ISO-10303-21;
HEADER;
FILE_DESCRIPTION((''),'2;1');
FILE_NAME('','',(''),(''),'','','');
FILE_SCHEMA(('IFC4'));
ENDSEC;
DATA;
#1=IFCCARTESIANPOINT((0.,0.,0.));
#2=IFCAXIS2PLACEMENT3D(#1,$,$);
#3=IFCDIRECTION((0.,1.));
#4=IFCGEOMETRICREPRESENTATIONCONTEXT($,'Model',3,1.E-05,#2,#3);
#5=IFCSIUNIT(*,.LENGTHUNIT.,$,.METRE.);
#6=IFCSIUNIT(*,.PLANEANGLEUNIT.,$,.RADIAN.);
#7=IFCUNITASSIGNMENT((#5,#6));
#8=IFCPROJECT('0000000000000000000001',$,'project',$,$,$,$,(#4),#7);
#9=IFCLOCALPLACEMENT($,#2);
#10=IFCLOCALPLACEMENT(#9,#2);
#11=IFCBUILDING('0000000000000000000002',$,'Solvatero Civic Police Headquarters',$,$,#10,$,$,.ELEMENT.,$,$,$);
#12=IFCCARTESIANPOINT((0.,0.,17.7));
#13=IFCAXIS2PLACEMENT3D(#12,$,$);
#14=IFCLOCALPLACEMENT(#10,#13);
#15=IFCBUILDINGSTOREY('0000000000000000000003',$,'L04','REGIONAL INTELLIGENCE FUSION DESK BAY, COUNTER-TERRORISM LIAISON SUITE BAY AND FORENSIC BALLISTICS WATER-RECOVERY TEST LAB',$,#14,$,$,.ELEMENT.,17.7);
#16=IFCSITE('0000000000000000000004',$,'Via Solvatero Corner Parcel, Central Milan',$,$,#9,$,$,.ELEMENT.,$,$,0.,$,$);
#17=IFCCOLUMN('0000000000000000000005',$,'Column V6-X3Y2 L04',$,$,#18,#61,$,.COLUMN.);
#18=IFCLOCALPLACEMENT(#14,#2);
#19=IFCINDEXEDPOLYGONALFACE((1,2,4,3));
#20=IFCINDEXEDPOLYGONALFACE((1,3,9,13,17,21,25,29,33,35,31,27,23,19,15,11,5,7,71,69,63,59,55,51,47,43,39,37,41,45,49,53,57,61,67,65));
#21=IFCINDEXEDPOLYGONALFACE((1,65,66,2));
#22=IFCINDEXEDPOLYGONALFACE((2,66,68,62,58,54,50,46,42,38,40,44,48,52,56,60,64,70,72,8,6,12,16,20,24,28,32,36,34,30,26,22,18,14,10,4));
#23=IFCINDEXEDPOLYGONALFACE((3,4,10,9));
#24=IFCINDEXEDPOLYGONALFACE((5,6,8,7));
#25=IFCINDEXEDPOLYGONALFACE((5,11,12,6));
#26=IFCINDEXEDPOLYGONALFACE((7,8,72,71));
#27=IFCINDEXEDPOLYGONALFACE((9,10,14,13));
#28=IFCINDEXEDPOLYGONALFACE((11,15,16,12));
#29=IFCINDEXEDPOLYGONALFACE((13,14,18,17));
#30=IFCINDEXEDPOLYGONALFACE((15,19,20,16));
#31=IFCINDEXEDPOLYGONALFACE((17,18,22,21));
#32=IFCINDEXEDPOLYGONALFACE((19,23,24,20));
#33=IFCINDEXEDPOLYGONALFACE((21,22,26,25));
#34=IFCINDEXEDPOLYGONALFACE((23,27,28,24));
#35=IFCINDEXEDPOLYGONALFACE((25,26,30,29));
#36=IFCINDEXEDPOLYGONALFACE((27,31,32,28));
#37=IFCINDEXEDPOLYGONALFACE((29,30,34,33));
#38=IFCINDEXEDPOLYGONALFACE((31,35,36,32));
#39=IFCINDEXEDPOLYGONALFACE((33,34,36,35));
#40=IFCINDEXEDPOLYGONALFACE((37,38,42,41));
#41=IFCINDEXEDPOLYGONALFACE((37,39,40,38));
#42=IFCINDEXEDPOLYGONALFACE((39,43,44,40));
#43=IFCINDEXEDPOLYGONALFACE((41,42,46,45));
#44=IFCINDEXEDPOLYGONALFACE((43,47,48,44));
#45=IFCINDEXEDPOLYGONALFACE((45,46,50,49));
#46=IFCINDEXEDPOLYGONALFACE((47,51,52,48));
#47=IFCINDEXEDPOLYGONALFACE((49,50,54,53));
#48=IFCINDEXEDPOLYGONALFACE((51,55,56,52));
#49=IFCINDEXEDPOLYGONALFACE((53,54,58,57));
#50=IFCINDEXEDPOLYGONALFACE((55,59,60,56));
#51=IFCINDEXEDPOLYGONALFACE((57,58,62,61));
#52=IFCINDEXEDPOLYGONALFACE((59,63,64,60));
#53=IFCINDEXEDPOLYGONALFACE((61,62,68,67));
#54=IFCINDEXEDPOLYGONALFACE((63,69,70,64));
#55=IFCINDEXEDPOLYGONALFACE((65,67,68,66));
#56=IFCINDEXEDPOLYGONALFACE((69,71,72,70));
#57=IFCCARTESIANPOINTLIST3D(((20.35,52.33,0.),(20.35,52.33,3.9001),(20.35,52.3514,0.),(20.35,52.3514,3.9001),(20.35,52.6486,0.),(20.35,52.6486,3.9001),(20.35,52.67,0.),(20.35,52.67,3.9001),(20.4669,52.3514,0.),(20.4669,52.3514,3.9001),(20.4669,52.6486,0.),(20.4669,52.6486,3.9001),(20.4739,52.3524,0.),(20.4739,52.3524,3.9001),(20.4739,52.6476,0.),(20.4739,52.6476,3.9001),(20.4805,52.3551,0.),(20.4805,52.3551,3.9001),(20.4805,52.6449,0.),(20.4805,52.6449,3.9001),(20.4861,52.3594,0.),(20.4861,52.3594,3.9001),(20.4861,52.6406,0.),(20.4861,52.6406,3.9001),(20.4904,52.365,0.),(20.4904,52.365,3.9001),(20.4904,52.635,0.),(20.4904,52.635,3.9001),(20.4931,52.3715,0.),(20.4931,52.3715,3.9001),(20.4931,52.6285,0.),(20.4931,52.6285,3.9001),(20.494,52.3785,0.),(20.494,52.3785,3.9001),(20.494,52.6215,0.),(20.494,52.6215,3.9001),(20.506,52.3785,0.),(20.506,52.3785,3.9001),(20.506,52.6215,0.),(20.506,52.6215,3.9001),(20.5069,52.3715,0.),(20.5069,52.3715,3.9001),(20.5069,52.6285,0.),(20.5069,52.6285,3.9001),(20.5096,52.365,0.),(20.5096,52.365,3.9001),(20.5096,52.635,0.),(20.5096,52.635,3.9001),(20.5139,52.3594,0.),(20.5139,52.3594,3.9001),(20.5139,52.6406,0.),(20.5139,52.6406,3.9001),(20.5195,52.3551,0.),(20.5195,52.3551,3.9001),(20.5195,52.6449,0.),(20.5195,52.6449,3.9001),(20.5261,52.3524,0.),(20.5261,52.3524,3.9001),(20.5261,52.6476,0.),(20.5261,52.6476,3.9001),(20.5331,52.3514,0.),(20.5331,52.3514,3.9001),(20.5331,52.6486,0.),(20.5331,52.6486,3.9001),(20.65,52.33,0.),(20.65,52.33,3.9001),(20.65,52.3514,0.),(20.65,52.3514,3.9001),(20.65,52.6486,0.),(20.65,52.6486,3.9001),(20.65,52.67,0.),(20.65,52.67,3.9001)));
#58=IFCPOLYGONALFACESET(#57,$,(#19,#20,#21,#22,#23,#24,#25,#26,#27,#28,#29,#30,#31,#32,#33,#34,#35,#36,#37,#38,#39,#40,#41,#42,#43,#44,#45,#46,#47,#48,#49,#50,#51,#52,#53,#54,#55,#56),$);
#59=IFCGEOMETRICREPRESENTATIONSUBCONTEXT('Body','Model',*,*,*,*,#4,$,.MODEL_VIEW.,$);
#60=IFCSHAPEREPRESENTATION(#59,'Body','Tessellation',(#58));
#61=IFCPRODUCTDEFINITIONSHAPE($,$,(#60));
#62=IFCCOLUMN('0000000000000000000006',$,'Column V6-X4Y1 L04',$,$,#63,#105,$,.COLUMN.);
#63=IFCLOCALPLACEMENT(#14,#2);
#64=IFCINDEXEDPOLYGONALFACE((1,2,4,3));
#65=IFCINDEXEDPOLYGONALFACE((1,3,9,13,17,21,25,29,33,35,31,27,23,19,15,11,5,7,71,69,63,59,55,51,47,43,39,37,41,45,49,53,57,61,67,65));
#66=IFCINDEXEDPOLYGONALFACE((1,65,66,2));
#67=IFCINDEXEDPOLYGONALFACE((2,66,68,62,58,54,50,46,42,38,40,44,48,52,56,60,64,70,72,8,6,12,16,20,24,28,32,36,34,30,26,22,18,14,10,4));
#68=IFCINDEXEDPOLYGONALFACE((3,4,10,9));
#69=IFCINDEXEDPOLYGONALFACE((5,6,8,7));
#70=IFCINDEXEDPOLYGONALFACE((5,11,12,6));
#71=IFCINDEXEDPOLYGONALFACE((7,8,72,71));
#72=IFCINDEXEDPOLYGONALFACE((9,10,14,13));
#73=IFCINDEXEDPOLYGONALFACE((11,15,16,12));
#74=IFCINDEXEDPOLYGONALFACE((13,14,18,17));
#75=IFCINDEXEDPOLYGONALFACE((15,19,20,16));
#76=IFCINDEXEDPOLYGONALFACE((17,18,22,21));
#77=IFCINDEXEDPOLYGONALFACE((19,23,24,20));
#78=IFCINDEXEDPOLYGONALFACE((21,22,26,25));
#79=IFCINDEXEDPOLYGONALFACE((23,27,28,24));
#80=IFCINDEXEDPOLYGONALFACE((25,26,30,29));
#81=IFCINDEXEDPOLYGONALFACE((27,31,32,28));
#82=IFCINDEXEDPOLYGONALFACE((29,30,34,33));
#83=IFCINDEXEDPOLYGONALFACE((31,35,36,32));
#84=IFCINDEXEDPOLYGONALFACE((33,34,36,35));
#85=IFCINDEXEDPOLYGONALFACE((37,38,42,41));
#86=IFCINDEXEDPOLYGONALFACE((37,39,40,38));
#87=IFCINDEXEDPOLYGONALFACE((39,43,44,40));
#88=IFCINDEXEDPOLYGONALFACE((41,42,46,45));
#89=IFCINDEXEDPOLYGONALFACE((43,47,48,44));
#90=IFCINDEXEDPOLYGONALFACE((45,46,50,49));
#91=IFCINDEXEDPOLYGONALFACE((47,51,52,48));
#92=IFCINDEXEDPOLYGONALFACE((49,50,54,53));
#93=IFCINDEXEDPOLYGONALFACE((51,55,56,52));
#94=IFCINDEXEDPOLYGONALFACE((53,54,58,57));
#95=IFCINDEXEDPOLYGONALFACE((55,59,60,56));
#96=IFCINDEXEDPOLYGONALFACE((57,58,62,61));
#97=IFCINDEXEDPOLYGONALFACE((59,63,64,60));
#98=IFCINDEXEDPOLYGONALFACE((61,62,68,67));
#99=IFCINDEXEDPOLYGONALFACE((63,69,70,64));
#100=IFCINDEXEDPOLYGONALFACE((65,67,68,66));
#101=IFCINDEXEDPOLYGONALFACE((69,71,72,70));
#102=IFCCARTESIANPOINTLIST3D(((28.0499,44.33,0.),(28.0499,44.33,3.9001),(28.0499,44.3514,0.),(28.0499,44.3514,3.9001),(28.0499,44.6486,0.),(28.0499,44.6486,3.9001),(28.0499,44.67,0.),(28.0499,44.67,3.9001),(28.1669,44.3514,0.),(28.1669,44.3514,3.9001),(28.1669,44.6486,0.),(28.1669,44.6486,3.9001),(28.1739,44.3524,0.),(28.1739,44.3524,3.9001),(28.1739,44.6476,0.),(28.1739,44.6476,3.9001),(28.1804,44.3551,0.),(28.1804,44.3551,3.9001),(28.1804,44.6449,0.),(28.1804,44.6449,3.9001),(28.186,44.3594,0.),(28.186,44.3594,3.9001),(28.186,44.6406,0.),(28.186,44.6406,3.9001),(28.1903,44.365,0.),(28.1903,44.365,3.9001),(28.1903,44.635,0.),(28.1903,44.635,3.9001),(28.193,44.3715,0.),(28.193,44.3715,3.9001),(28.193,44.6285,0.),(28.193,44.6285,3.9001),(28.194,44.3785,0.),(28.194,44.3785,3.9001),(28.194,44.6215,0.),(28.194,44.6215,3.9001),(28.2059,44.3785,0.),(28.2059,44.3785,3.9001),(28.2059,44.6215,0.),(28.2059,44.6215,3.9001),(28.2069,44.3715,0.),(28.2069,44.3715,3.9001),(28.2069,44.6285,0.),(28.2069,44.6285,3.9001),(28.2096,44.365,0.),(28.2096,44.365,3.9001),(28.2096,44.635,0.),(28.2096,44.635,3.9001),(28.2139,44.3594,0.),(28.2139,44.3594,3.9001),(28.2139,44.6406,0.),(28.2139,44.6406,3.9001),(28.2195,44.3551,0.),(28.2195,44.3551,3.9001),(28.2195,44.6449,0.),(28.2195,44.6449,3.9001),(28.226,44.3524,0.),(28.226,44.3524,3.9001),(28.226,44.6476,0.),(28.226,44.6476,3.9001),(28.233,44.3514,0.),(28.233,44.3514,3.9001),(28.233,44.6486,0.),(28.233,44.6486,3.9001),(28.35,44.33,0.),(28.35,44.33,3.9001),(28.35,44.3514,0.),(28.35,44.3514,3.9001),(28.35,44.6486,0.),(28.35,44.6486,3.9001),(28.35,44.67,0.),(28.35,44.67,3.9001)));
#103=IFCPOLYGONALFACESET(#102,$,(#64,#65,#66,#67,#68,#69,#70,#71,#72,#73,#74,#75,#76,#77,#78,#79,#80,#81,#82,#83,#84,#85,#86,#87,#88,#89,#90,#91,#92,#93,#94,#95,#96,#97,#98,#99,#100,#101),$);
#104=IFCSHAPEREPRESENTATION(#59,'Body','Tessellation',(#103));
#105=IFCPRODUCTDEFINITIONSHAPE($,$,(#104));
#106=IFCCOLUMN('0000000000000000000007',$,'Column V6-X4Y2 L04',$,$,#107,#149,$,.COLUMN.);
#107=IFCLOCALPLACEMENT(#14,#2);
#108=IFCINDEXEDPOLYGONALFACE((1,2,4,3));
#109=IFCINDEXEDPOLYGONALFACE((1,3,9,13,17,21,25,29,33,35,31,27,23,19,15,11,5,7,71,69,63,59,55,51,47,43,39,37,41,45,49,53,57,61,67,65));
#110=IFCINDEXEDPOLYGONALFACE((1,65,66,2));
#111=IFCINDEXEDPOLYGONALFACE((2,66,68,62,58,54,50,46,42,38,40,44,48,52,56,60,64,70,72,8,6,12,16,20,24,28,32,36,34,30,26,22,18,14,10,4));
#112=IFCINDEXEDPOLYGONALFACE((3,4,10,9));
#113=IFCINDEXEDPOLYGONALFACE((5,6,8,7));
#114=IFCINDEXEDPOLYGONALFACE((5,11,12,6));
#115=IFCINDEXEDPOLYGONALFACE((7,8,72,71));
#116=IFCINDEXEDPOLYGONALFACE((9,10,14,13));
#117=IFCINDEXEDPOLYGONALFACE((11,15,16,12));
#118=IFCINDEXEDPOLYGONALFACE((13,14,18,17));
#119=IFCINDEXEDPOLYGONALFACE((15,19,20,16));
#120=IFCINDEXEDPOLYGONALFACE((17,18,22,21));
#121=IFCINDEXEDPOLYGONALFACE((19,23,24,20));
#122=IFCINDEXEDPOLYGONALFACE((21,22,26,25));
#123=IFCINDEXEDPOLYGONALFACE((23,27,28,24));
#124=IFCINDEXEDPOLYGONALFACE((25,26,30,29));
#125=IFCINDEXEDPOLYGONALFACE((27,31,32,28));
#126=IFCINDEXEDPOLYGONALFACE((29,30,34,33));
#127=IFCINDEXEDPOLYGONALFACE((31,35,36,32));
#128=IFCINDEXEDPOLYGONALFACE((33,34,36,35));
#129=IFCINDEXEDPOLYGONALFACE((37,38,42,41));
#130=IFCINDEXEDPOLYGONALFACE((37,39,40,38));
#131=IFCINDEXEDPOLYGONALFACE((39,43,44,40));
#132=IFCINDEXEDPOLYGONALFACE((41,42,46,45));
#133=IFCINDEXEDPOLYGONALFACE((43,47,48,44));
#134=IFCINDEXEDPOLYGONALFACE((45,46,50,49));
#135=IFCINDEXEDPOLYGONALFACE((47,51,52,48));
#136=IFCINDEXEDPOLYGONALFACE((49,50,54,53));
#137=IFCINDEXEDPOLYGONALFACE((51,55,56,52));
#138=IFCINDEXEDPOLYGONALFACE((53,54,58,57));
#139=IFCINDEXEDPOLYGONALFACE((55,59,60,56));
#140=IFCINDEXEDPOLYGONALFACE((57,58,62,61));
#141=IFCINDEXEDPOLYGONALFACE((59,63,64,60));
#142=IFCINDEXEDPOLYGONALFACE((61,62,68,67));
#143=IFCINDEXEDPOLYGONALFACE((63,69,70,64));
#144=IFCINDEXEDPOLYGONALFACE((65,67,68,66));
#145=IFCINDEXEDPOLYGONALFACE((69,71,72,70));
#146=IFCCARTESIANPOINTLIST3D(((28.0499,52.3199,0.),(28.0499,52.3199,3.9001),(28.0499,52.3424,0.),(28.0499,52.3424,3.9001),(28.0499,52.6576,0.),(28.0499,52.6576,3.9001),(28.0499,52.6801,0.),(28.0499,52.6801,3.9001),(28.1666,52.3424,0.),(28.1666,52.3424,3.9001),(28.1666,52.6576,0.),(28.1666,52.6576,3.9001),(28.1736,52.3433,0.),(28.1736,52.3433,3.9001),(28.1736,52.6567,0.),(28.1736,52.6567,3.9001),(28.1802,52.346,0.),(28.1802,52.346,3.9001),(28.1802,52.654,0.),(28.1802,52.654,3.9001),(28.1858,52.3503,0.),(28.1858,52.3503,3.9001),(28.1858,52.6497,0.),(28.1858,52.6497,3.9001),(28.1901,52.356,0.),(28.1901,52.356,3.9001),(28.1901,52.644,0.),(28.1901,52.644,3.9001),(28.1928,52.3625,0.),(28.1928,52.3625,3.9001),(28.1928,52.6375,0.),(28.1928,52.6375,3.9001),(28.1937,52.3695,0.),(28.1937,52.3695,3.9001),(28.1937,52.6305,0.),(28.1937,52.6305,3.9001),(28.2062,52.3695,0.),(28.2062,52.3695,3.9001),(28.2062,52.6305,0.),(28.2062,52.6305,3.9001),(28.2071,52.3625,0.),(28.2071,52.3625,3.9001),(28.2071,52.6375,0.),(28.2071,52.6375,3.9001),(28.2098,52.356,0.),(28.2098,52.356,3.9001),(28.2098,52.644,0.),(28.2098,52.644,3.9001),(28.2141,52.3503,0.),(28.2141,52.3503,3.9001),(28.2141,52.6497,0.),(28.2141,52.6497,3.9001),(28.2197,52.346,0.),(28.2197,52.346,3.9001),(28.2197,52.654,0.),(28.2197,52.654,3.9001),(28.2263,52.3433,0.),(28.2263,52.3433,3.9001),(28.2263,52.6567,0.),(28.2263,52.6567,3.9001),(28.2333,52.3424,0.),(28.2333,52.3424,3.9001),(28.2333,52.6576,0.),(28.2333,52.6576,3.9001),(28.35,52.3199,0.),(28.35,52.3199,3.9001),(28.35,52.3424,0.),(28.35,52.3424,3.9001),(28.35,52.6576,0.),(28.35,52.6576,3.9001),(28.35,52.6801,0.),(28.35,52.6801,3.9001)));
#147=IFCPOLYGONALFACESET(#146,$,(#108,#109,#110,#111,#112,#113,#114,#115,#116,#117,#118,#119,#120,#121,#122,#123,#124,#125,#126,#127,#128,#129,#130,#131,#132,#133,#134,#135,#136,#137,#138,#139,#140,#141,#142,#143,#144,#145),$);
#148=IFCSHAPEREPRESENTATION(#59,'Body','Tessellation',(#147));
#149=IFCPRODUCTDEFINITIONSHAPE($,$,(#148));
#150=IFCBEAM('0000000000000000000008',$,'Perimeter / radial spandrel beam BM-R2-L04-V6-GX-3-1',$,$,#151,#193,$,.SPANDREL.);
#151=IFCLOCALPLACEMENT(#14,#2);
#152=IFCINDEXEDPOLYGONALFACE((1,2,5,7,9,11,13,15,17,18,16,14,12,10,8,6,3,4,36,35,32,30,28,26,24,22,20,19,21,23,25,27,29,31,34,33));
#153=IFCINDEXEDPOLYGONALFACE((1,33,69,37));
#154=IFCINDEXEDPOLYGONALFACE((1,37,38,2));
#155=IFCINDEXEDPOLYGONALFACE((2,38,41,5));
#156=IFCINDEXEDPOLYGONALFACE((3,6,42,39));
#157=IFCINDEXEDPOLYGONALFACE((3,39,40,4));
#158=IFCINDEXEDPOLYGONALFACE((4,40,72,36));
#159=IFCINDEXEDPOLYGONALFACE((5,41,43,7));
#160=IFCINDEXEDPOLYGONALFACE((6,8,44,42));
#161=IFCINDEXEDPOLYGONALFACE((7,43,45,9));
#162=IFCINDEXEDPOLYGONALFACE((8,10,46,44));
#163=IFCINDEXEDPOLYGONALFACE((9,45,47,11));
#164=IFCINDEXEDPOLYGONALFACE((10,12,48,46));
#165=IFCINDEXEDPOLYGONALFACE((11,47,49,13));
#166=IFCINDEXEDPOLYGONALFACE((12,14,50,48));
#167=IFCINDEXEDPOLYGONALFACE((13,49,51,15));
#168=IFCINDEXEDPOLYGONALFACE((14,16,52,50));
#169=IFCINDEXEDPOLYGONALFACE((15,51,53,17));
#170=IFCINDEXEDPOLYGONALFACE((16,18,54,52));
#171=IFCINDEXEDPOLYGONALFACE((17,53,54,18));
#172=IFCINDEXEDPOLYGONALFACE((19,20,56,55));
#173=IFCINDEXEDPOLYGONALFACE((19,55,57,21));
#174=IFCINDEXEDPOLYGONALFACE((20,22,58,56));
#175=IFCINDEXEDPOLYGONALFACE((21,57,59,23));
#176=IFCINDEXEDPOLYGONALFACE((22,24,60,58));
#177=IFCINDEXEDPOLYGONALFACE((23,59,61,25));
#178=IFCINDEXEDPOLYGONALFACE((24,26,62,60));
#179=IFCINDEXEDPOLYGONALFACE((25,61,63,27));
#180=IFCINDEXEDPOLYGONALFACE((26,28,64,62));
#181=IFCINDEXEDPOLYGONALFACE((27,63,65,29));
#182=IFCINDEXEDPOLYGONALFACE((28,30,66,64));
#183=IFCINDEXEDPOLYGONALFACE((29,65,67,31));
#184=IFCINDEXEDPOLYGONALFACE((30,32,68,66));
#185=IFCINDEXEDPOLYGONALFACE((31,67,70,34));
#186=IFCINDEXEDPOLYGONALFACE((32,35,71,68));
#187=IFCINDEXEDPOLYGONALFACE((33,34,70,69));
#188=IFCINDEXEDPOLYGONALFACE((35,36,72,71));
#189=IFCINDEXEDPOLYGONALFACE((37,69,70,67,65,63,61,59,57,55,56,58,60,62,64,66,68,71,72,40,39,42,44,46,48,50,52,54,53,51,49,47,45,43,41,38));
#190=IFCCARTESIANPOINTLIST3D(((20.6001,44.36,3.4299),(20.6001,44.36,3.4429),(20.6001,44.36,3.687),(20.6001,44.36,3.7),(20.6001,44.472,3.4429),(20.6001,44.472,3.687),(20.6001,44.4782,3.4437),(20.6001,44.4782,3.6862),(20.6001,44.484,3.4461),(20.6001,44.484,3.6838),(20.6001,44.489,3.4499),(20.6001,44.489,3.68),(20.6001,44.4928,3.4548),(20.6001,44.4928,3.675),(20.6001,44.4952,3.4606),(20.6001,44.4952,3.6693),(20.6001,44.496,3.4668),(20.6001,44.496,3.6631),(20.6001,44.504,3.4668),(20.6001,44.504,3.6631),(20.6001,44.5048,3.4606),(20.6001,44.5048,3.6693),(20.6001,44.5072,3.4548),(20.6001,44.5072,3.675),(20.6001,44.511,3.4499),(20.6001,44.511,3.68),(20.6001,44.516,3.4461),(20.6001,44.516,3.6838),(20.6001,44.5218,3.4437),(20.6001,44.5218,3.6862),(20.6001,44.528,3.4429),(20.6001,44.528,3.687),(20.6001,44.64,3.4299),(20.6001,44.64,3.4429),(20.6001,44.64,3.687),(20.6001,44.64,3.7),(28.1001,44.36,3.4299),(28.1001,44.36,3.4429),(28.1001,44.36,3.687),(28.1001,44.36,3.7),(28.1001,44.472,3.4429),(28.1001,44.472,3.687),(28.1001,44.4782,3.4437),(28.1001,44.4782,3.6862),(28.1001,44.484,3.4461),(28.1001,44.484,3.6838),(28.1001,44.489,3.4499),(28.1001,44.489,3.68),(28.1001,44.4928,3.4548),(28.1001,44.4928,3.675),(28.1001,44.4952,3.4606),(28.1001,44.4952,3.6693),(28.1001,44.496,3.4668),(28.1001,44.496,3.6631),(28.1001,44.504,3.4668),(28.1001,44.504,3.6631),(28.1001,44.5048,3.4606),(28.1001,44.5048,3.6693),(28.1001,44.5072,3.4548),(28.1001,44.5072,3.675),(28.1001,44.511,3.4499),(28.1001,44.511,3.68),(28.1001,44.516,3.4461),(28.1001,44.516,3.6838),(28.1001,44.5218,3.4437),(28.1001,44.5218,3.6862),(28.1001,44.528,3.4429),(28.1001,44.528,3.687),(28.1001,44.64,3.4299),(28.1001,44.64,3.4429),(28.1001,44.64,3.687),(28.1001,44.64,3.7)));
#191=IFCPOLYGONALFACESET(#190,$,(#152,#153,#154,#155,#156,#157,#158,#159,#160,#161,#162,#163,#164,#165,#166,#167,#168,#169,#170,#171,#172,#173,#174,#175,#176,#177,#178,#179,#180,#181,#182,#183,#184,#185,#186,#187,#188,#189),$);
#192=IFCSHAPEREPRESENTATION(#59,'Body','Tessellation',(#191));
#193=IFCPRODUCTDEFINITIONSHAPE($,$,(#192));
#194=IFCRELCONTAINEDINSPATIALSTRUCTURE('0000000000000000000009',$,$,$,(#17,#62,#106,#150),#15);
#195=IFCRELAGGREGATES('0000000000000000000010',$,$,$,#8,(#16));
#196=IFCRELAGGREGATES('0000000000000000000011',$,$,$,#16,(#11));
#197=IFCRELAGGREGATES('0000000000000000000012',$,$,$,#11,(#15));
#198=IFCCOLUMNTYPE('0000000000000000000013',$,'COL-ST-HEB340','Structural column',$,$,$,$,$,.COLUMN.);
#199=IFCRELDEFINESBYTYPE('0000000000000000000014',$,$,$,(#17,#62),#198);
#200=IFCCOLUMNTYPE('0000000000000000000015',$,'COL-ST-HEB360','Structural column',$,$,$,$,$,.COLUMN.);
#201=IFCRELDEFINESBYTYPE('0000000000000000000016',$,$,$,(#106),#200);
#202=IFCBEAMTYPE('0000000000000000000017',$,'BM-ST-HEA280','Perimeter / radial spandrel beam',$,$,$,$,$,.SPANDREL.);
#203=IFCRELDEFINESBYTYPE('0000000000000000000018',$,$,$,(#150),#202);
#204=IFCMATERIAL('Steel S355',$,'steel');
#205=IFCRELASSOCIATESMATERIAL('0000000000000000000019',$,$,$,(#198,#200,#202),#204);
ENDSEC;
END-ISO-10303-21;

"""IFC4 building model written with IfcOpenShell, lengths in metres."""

from ifc_helpers import new_model, si_unit, direction, frame, origin, origin_2d, place, context, subcontext, project, spatial, i_section, extrude, material, material_profile, profile_set, type_object, element, save


model = new_model("IFC4")

# Units and contexts
model_context = context("Model", 3, precision=1e-05, world=origin(), true_north=direction((0.0, 1.0)))
body_context = subcontext(model_context, "Body", "Model", "MODEL_VIEW")
ifc_project = project(units=[si_unit("LENGTHUNIT", "METRE"), si_unit("PLANEANGLEUNIT", "RADIAN")], contexts=[model_context])

# Site, building, storey
site_placement = place(None, origin())
site = spatial("IfcSite", under=ifc_project, at=site_placement, Name="Via Solvatero Corner Parcel, Central Milan", CompositionType="ELEMENT", RefElevation=0.0)
building_placement = place(site_placement, origin())
building = spatial("IfcBuilding", under=site, at=building_placement, Name="Solvatero Civic Police Headquarters", CompositionType="ELEMENT")
storey_placement = place(building_placement, frame((0.0, 0.0, 17.7)))
storey = spatial("IfcBuildingStorey", under=building, at=storey_placement, Name="L04", Description="REGIONAL INTELLIGENCE FUSION DESK BAY, COUNTER-TERRORISM LIAISON SUITE BAY AND FORENSIC BALLISTICS WATER-RECOVERY TEST LAB", CompositionType="ELEMENT", Elevation=17.7)

# Columns
ifc_material_1 = material(Name="Steel S355", Category="steel")
ifc_material_profile_1 = material_profile(ifc_material_1, i_section(OverallWidth=0.3, OverallDepth=0.3401, WebThickness=0.012, FlangeThickness=0.0215, FilletRadius=0.0271, at=origin_2d()), Name="HEB 340")
ifc_profile_set_1 = profile_set([ifc_material_profile_1], Name="Steel S355")
column_type_1 = type_object("IfcColumnType", Name="COL-ST-HEB340", Description="Structural column", PredefinedType="COLUMN", material=ifc_profile_set_1)
for number, where, z_axis, x_axis, name in (
    (1, (20.5, 52.5, 0.0), (0.0, 0.0, 1.0), (1.0, 0.0, 0.0), "Column V6-X3Y2 L04"),
    (2, (28.2, 44.5, 0.0), (0.0, 0.0, 1.0), (1.0, 0.0, 0.0), "Column V6-X4Y1 L04"),
):
    element("IfcColumn", number, at=place(storey_placement, frame(where, z_axis=z_axis, x_axis=x_axis)), inside=storey, type_object=column_type_1, Name=name, PredefinedType="COLUMN", context=body_context, shape_type="SweptSolid", body=[
        extrude(i_section(OverallWidth=0.3, OverallDepth=0.3401, WebThickness=0.012, FlangeThickness=0.0215, FilletRadius=0.0271, at=origin_2d()), origin(), (0.0, 0.0, 1.0), 3.9001),
    ])
ifc_material_profile_2 = material_profile(ifc_material_1, i_section(OverallWidth=0.3, OverallDepth=0.3601, WebThickness=0.0125, FlangeThickness=0.0225, FilletRadius=0.0271, at=origin_2d()), Name="HEB 360")
ifc_profile_set_2 = profile_set([ifc_material_profile_2], Name="Steel S355")
column_type_2 = type_object("IfcColumnType", Name="COL-ST-HEB360", Description="Structural column", PredefinedType="COLUMN", material=ifc_profile_set_2)
column_placement = place(storey_placement, frame((28.2, 52.5, 0.0), z_axis=(0.0, 0.0, 1.0), x_axis=(1.0, 0.0, 0.0)))
element("IfcColumn", 3, at=column_placement, inside=storey, type_object=column_type_2, Name="Column V6-X4Y2 L04", PredefinedType="COLUMN", context=body_context, shape_type="SweptSolid", body=[
    extrude(i_section(OverallWidth=0.3, OverallDepth=0.3601, WebThickness=0.0125, FlangeThickness=0.0225, FilletRadius=0.0271, at=origin_2d()), origin(), (0.0, 0.0, 1.0), 3.9001),
])

# Beam
ifc_material_profile_3 = material_profile(ifc_material_1, i_section(OverallWidth=0.28, OverallDepth=0.27, WebThickness=0.0081, FlangeThickness=0.0129, FilletRadius=0.0239, at=origin_2d()), Name="HEA 280")
ifc_profile_set_3 = profile_set([ifc_material_profile_3], Name="Steel S355")
beam_type_1 = type_object("IfcBeamType", Name="BM-ST-HEA280", Description="Perimeter / radial spandrel beam", PredefinedType="SPANDREL", material=ifc_profile_set_3)
beam_1_placement = place(storey_placement, frame((20.6001, 44.5, 3.5649), z_axis=(1.0, 0.0, 0.0), x_axis=(0.0, 1.0, 0.0)))
element("IfcBeam", 4, at=beam_1_placement, inside=storey, type_object=beam_type_1, Name="Perimeter / radial spandrel beam BM-R2-L04-V6-GX-3-1", PredefinedType="SPANDREL", context=body_context, shape_type="SweptSolid", body=[
    extrude(i_section(OverallWidth=0.28, OverallDepth=0.27, WebThickness=0.0081, FlangeThickness=0.0129, FilletRadius=0.0239, at=origin_2d()), origin(), (0.0, 0.0, 1.0), 7.5),
])

save(model, "model.ifc")
